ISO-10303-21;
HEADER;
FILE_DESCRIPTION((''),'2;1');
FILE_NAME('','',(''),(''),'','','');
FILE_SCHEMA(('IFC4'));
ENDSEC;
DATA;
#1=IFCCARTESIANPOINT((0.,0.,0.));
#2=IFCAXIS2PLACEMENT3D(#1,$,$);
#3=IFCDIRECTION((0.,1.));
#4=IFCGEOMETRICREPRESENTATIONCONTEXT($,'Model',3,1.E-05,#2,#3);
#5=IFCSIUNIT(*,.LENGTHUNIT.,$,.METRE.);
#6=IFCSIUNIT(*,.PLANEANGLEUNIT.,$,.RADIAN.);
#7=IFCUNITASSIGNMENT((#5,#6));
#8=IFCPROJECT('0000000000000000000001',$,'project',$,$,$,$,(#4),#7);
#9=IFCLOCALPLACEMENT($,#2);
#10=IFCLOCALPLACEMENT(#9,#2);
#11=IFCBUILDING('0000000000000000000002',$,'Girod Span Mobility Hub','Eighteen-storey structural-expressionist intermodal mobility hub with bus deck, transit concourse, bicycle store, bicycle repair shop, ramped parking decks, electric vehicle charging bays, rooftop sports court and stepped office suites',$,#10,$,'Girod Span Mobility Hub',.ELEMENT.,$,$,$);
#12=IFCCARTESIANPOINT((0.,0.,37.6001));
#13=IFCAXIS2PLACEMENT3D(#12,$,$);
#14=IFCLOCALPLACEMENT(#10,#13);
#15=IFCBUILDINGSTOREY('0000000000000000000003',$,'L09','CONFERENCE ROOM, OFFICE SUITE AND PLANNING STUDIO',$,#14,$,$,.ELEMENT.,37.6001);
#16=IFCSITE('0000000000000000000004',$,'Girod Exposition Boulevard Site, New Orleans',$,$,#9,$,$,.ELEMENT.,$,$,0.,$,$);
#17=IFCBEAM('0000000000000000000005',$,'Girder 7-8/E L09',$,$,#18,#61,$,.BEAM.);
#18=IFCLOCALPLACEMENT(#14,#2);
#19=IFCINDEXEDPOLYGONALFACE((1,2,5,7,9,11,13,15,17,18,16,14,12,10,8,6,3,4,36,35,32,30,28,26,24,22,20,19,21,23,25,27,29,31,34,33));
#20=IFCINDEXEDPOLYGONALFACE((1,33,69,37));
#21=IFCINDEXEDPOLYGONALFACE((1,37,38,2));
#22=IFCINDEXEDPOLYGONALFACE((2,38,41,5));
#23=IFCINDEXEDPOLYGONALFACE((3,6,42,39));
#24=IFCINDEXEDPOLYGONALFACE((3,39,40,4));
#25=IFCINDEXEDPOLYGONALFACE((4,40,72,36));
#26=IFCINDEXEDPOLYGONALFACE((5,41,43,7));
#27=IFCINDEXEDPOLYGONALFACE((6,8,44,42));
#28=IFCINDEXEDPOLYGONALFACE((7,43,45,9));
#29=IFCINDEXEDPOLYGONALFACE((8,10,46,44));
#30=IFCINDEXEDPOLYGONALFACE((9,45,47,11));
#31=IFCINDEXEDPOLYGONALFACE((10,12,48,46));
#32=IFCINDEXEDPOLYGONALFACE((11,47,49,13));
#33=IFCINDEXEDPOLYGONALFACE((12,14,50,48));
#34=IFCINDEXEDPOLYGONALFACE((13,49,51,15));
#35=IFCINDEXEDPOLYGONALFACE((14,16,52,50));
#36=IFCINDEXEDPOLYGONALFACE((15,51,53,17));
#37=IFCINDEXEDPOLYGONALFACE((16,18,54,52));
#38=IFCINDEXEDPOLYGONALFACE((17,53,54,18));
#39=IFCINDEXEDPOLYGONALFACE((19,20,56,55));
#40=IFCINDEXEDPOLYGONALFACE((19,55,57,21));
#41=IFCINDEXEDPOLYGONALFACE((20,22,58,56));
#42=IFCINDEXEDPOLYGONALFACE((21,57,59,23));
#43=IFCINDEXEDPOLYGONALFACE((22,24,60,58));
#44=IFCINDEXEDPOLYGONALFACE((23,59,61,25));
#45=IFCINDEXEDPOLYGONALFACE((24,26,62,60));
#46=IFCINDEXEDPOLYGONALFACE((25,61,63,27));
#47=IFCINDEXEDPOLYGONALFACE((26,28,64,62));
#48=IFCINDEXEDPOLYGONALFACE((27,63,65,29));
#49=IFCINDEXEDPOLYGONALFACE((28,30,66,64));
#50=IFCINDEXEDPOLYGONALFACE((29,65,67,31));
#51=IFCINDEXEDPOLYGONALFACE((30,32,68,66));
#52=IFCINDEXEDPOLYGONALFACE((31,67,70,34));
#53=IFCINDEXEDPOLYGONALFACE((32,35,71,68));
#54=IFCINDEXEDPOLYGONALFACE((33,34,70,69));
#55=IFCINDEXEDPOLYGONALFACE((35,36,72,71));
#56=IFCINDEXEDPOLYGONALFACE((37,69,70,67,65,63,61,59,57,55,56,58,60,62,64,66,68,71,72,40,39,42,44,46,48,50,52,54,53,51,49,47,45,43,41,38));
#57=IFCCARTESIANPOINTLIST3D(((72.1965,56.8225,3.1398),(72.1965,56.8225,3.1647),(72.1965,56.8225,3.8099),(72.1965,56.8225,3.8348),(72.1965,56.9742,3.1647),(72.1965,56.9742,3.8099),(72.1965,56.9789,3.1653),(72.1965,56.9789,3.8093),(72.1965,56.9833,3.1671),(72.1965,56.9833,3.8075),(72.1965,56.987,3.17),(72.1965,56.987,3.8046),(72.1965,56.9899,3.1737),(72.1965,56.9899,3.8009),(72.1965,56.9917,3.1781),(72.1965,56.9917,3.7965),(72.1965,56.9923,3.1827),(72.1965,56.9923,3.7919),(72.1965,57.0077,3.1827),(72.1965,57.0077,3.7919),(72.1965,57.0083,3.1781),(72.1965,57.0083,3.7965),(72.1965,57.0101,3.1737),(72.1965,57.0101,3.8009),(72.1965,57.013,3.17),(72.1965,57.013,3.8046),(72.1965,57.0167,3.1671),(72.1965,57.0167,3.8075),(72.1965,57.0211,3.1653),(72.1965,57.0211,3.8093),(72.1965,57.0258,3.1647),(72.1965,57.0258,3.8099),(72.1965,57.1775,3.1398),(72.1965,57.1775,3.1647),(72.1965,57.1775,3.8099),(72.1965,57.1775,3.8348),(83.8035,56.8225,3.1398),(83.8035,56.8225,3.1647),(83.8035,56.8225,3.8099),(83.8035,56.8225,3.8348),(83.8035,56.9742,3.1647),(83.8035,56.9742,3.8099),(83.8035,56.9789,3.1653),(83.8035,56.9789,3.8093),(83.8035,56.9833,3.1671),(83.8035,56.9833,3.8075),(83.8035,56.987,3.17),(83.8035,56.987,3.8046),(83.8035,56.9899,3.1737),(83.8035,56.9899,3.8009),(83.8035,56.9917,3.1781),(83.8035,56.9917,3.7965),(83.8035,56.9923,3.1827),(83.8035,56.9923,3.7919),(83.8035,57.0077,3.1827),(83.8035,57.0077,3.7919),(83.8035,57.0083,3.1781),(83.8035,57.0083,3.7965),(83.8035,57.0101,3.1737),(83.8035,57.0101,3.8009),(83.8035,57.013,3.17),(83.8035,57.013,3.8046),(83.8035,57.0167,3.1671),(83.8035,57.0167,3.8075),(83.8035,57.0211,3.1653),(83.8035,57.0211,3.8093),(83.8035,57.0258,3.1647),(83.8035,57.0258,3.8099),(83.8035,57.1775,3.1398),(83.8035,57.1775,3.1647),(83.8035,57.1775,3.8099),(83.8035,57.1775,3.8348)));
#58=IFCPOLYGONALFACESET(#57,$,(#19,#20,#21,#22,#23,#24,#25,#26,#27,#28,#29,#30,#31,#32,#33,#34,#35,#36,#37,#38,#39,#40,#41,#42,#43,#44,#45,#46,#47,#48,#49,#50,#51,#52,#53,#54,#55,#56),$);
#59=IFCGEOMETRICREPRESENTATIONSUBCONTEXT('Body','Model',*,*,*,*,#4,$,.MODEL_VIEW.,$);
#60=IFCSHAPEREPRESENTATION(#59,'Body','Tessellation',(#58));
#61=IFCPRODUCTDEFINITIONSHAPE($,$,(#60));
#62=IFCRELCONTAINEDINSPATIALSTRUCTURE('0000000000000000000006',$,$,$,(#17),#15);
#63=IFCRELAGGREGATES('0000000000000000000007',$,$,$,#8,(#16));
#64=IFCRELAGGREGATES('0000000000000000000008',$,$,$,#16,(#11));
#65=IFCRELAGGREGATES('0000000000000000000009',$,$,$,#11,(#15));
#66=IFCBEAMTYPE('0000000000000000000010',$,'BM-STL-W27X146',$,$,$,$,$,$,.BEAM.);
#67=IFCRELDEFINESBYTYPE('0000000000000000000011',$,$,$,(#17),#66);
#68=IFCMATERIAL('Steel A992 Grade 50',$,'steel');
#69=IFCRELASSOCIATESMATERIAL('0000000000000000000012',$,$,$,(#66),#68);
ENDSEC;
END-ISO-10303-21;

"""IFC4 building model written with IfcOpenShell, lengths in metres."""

from ifc_helpers import new_model, si_unit, direction, frame, origin, origin_2d, place, context, subcontext, project, spatial, i_section, extrude, material, material_profile, profile_set, type_object, element, save


model = new_model("IFC4")

# Units and contexts
model_context = context("Model", 3, precision=1e-05, world=origin(), true_north=direction((0.0, 1.0)))
body_context = subcontext(model_context, "Body", "Model", "MODEL_VIEW")
ifc_project = project(units=[si_unit("LENGTHUNIT", "METRE"), si_unit("PLANEANGLEUNIT", "RADIAN")], contexts=[model_context])

# Site, building, storey
site_placement = place(None, origin())
site = spatial("IfcSite", under=ifc_project, at=site_placement, Name="Girod Exposition Boulevard Site, New Orleans", CompositionType="ELEMENT", RefElevation=0.0)
building_placement = place(site_placement, origin())
building = spatial("IfcBuilding", under=site, at=building_placement, Name="Girod Span Mobility Hub", Description="Eighteen-storey structural-expressionist intermodal mobility hub with bus deck, transit concourse, bicycle store, bicycle repair shop, ramped parking decks, electric vehicle charging bays, rooftop sports court and stepped office suites", LongName="Girod Span Mobility Hub", CompositionType="ELEMENT")
storey_placement = place(building_placement, frame((0.0, 0.0, 37.6001)))
storey = spatial("IfcBuildingStorey", under=building, at=storey_placement, Name="L09", Description="CONFERENCE ROOM, OFFICE SUITE AND PLANNING STUDIO", CompositionType="ELEMENT", Elevation=37.6001)

# Beam
ifc_material_1 = material(Name="Steel A992 Grade 50", Category="steel")
ifc_material_profile_1 = material_profile(ifc_material_1, i_section(OverallWidth=0.355, OverallDepth=0.6951, WebThickness=0.0154, FlangeThickness=0.0249, FilletRadius=0.0181, at=origin_2d()), Name="W27X146")
ifc_profile_set_1 = profile_set([ifc_material_profile_1], Name="Steel A992 Grade 50")
beam_type_1 = type_object("IfcBeamType", Name="BM-STL-W27X146", PredefinedType="BEAM", material=ifc_profile_set_1)
for number, where, z_axis, x_axis, name in (
    (1, (72.1965, 57.0, 3.4873), (1.0, 0.0, 0.0), (0.0, 1.0, 0.0), "Girder 7-8/E L09"),
):
    element("IfcBeam", number, at=place(storey_placement, frame(where, z_axis=z_axis, x_axis=x_axis)), inside=storey, type_object=beam_type_1, Name=name, PredefinedType="BEAM", context=body_context, shape_type="SweptSolid", body=[
        extrude(i_section(OverallWidth=0.355, OverallDepth=0.6951, WebThickness=0.0154, FlangeThickness=0.0249, FilletRadius=0.0181, at=origin_2d()), origin(), (0.0, 0.0, 1.0), 11.6069),
    ])

save(model, "model.ifc")
